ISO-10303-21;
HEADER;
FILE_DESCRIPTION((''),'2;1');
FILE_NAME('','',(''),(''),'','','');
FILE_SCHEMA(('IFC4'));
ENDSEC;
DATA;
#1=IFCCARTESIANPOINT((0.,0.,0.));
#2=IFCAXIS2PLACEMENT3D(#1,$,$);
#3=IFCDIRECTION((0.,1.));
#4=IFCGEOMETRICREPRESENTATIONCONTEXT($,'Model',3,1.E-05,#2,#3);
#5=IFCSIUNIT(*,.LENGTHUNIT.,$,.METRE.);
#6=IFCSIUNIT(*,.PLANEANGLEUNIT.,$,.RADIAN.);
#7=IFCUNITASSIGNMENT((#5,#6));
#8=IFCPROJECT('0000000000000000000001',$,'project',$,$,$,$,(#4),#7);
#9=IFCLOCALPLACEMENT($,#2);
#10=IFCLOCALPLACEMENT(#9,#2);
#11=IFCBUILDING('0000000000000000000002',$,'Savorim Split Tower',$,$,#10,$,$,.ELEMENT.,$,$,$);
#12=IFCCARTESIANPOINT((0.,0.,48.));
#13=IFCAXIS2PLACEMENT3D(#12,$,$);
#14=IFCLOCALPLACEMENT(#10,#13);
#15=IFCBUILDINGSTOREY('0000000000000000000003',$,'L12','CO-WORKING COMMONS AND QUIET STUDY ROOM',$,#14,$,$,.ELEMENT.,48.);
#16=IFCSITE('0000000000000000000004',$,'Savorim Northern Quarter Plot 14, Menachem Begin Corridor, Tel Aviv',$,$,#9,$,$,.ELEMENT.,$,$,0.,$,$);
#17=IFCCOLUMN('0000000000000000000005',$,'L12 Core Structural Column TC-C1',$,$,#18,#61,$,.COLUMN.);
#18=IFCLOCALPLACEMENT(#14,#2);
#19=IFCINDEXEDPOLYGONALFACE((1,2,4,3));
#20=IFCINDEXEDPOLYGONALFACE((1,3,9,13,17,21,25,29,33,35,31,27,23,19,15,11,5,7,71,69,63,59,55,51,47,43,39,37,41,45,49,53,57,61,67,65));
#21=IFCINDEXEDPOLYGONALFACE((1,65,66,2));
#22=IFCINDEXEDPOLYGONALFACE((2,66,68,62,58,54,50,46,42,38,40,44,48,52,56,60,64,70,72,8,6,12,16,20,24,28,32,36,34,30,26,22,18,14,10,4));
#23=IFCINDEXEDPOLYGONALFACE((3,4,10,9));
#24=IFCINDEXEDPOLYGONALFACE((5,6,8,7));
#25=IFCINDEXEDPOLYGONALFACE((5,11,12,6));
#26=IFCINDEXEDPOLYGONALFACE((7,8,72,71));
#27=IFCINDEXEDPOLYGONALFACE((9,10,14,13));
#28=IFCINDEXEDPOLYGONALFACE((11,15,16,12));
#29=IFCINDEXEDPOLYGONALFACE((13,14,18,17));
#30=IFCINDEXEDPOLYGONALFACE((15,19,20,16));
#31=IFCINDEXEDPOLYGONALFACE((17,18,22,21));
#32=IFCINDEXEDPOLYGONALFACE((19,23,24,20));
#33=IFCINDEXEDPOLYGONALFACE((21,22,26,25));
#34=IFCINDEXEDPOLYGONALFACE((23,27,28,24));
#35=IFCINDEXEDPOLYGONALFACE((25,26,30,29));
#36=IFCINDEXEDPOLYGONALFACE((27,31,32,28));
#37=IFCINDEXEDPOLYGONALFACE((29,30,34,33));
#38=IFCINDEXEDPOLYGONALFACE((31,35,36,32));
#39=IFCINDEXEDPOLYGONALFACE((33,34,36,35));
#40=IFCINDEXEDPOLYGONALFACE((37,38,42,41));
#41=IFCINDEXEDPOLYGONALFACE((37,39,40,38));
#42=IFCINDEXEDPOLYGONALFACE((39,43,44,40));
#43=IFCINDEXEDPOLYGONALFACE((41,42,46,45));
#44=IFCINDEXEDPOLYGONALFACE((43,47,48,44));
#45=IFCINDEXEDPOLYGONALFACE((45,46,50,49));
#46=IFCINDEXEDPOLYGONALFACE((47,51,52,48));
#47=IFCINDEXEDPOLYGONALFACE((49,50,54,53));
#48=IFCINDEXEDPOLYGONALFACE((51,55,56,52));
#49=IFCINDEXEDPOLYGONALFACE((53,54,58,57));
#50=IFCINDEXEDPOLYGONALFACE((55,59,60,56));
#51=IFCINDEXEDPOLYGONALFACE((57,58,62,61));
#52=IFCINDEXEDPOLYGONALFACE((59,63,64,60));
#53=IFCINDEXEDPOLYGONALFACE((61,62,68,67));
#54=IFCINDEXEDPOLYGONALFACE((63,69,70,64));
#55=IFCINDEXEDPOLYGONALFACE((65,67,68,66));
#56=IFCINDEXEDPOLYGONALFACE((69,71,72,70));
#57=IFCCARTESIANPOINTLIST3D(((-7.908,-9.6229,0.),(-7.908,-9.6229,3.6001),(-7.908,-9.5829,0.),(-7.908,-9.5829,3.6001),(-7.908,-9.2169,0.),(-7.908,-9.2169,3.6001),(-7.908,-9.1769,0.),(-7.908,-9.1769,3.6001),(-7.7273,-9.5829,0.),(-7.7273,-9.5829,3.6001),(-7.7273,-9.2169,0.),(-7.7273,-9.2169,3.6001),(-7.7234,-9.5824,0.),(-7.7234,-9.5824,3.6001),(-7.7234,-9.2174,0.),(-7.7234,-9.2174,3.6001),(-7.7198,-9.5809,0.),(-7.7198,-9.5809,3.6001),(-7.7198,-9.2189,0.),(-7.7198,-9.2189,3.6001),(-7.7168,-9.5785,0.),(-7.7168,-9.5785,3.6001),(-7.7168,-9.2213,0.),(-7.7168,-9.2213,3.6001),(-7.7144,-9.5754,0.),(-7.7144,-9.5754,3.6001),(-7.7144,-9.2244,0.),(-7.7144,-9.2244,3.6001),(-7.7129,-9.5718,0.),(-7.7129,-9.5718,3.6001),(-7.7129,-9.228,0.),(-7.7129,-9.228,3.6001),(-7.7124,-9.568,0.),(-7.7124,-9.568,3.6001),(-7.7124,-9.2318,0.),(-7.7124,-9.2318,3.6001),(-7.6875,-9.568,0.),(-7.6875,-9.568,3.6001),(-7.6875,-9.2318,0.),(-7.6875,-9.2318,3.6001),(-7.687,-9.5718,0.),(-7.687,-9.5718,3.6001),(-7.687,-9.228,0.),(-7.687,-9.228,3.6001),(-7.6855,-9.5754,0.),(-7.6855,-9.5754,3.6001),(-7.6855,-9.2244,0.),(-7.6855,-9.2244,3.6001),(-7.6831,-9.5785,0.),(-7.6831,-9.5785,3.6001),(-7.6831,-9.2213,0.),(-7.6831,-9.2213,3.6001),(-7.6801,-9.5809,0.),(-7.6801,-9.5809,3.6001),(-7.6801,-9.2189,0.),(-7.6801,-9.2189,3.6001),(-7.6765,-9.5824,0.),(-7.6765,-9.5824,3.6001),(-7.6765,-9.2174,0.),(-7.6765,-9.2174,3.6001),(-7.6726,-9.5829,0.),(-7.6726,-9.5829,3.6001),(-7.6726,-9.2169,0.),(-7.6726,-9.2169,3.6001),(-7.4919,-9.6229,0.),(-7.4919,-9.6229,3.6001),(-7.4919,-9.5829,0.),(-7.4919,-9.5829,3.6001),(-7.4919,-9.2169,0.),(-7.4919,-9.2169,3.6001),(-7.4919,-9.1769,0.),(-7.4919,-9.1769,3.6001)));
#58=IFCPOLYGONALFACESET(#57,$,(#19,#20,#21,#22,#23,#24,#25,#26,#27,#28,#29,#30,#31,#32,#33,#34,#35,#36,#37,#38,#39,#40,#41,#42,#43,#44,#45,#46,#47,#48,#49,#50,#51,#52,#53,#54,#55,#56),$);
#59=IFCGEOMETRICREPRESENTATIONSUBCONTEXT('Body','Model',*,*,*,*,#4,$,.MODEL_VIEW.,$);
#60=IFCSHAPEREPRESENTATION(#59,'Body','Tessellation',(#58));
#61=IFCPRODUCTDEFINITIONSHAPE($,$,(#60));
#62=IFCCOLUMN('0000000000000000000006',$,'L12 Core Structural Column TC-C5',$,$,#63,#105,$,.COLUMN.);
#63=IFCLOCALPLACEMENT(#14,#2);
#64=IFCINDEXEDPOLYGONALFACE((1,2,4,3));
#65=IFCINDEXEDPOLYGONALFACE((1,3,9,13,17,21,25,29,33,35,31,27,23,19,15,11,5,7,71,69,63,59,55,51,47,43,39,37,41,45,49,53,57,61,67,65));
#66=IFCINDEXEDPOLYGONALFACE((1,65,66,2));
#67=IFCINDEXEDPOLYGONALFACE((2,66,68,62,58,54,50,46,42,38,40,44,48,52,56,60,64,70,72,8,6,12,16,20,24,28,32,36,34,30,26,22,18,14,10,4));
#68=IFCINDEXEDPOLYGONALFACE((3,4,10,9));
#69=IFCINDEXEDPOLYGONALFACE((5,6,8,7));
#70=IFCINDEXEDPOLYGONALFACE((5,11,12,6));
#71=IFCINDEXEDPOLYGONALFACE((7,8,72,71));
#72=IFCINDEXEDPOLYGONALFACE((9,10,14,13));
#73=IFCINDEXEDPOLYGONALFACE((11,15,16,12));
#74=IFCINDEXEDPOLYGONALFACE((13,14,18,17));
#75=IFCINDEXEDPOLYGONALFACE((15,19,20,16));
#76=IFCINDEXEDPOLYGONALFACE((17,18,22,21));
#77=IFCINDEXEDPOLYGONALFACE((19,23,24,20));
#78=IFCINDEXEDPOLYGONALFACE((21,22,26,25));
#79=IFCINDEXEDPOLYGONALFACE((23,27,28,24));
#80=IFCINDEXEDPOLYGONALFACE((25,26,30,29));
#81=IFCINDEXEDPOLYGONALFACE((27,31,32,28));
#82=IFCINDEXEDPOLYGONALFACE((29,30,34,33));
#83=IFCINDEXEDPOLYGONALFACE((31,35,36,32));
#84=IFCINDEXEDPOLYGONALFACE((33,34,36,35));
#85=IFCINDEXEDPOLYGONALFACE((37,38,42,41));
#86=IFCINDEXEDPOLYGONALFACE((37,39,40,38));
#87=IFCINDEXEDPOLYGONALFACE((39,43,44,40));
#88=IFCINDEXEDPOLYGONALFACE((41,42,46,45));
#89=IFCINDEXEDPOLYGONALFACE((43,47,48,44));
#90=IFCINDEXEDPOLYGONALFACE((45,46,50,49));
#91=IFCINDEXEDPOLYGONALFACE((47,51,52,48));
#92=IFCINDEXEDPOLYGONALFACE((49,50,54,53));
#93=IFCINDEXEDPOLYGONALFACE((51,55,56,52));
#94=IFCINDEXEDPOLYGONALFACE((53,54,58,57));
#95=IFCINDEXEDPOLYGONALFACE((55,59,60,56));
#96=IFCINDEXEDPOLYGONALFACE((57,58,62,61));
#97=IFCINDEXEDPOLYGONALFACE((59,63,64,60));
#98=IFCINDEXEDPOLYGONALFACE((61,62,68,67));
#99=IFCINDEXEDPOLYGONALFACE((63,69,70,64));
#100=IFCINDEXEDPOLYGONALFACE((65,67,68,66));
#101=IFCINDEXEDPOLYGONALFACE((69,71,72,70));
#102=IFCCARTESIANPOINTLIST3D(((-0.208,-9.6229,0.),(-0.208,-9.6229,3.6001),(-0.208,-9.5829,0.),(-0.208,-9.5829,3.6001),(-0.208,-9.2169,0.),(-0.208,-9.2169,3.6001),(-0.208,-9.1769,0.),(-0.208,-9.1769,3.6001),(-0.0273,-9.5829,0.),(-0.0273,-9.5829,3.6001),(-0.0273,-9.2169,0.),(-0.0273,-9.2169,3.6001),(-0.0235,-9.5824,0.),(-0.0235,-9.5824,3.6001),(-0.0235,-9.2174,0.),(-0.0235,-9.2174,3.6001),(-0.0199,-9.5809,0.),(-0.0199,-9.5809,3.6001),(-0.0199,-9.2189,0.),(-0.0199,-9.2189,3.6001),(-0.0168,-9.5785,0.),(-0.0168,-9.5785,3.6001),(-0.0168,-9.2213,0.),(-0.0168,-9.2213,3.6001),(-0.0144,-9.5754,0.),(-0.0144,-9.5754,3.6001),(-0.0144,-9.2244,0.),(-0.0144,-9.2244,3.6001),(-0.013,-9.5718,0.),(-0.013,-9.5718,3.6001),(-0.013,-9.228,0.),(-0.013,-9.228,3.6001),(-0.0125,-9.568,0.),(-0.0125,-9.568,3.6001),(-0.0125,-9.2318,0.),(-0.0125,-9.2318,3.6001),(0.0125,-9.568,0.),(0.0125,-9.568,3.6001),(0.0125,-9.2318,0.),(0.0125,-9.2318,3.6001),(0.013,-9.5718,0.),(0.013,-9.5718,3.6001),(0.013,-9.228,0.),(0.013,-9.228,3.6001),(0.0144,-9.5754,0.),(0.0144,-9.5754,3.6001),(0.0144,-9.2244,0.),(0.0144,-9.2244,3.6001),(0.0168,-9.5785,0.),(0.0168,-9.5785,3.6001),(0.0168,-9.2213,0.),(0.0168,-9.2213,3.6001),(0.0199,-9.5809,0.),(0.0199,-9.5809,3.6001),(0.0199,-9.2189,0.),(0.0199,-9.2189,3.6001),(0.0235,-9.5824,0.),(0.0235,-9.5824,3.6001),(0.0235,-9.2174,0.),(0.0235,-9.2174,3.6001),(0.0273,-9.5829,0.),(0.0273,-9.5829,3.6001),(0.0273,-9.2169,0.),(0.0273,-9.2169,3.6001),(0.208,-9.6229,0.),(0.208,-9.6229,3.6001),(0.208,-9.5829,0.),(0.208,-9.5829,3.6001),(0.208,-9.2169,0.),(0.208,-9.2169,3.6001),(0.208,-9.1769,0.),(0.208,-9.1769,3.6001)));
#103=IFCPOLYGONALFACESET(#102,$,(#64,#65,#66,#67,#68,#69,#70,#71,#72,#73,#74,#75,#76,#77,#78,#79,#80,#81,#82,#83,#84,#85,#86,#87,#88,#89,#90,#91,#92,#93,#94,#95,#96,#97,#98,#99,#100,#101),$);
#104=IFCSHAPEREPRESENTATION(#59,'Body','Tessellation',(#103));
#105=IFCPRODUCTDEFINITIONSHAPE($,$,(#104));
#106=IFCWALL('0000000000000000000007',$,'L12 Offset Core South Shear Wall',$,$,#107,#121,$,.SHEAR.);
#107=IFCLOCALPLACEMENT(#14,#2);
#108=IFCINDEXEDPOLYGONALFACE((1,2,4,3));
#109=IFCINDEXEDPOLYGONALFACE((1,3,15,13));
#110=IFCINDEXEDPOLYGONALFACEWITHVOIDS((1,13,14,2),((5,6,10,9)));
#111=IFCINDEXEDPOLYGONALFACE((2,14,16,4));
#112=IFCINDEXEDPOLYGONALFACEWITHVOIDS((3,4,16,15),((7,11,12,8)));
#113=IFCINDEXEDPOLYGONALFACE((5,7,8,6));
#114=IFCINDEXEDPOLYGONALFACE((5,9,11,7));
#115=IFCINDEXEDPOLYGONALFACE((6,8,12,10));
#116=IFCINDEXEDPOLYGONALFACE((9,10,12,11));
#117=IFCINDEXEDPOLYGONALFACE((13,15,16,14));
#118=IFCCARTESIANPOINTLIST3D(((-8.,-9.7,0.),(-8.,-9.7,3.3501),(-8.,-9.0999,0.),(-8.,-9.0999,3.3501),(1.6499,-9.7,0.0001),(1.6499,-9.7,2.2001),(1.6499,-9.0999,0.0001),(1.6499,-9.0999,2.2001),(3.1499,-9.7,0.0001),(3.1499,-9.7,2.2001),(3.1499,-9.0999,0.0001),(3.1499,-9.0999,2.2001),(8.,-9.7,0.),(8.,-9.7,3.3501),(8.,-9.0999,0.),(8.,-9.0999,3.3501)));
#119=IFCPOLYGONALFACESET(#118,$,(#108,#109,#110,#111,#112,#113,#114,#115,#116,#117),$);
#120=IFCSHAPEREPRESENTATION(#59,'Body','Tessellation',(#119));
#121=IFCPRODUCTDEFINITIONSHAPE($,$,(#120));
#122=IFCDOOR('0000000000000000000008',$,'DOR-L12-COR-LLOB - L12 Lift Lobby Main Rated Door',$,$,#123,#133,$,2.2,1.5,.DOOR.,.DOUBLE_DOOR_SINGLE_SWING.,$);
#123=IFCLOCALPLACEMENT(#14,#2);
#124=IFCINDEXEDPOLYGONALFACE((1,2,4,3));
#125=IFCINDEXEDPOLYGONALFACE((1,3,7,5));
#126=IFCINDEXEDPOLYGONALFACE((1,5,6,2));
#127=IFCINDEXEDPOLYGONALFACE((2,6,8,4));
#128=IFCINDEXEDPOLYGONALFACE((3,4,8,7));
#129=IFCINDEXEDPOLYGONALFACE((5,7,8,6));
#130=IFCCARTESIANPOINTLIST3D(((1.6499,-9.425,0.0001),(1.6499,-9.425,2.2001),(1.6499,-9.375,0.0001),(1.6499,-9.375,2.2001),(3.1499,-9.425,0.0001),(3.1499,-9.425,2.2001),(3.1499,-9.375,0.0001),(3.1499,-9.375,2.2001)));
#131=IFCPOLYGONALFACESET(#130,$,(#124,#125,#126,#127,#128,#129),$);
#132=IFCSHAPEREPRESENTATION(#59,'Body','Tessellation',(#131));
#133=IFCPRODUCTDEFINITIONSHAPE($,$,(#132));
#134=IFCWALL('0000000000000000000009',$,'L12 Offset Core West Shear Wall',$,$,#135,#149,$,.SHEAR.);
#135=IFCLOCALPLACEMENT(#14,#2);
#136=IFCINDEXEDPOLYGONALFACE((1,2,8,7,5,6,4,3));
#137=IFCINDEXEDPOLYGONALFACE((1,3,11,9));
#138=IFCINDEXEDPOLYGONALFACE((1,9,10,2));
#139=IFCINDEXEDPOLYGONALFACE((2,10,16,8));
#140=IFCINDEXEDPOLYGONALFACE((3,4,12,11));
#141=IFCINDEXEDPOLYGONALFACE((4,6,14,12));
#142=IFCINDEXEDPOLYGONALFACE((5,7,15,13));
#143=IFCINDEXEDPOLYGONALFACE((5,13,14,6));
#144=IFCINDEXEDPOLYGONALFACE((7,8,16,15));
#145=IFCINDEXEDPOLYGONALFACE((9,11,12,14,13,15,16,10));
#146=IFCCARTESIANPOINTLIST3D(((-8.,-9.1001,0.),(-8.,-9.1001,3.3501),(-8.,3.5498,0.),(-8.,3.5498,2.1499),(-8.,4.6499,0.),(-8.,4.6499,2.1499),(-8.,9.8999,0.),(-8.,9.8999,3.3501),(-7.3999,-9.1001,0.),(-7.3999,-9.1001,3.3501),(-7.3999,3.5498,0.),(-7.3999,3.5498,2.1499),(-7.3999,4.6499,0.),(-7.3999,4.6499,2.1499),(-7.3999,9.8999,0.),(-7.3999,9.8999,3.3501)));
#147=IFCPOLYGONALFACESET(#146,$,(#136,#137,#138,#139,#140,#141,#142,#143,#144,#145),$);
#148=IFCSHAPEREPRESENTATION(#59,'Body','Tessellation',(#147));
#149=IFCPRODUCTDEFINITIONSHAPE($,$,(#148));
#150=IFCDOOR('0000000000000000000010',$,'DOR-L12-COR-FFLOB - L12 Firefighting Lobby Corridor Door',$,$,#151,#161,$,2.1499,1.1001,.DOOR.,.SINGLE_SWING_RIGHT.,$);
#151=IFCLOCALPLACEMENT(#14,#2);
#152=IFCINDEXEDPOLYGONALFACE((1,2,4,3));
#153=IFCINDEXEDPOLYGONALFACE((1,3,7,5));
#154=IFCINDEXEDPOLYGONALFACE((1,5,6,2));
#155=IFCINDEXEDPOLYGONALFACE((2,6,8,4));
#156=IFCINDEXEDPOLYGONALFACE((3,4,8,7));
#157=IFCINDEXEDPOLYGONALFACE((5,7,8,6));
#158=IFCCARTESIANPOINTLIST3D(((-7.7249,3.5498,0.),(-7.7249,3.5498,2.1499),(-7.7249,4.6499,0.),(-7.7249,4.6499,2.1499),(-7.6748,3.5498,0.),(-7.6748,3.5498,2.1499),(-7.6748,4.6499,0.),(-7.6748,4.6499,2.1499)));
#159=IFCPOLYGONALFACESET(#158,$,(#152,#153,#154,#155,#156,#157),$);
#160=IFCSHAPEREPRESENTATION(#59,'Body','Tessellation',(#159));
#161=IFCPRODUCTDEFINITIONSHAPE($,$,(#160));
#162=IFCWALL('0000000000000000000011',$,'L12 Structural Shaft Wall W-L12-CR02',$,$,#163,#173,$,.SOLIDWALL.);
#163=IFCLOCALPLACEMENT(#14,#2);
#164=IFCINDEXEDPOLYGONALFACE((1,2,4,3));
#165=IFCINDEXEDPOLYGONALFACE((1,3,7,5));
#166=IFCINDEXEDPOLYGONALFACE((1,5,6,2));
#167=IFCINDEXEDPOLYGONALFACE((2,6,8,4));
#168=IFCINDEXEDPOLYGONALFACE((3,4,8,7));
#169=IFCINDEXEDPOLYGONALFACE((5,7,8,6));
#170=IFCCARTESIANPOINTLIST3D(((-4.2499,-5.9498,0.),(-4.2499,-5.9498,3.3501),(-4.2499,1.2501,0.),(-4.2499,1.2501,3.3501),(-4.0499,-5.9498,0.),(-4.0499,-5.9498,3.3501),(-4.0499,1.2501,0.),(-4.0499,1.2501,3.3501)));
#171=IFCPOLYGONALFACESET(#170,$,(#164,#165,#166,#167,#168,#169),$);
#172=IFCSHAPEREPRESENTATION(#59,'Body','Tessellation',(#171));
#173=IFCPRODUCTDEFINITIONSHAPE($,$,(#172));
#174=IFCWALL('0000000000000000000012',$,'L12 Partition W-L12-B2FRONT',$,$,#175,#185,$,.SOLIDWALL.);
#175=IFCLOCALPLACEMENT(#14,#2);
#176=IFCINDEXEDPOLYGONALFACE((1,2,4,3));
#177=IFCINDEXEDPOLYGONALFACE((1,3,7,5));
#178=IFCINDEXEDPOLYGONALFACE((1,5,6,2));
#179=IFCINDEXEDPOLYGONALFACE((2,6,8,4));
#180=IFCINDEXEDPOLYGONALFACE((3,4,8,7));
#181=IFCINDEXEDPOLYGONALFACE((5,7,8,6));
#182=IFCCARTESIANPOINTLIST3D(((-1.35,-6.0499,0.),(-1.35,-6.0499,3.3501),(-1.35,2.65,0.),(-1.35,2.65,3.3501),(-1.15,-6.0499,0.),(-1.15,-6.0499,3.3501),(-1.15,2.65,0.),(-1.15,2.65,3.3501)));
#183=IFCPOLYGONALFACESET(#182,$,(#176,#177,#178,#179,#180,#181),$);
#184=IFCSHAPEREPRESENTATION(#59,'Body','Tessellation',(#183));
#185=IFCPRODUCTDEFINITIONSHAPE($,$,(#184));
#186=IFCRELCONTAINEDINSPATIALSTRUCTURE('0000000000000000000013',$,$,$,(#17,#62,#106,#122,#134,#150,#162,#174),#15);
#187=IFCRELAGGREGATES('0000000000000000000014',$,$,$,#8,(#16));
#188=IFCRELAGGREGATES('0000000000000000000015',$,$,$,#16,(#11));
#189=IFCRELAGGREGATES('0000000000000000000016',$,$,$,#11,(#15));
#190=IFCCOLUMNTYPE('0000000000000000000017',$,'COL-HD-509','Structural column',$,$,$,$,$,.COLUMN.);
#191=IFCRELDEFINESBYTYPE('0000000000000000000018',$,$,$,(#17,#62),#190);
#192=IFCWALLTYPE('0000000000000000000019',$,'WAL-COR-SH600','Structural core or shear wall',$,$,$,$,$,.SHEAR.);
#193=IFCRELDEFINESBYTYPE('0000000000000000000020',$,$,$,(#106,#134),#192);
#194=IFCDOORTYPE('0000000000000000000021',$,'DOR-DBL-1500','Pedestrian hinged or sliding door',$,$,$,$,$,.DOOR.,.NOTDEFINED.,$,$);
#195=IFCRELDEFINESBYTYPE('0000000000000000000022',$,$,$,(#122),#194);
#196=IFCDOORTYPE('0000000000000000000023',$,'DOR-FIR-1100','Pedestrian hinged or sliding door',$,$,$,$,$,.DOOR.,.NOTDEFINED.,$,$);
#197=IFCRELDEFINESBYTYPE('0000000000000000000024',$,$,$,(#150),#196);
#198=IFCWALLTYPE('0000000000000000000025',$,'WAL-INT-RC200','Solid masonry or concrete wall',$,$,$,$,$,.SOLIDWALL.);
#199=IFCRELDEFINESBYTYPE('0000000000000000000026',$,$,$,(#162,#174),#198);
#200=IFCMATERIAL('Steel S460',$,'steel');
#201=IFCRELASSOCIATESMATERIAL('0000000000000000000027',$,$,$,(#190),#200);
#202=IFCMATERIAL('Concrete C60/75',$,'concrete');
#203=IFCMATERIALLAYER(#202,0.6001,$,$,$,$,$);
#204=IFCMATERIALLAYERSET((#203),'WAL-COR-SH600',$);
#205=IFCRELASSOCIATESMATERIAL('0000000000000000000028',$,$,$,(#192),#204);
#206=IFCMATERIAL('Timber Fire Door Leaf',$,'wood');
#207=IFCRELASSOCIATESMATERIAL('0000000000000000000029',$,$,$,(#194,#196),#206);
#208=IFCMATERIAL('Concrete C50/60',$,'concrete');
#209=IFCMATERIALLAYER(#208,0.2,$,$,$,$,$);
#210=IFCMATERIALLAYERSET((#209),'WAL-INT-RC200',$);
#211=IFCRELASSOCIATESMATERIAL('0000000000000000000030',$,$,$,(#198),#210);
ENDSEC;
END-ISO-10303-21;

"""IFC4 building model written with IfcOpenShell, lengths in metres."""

from ifc_helpers import new_model, si_unit, direction, frame, frame_2d, origin, origin_2d, place, context, subcontext, project, spatial, rectangle, i_section, extrude, material, layer, layer_set, material_profile, profile_set, type_object, element, fill, save


model = new_model("IFC4")

# Units and contexts
model_context = context("Model", 3, precision=1e-05, world=origin(), true_north=direction((0.0, 1.0)))
body_context = subcontext(model_context, "Body", "Model", "MODEL_VIEW")
ifc_project = project(units=[si_unit("LENGTHUNIT", "METRE"), si_unit("PLANEANGLEUNIT", "RADIAN")], contexts=[model_context])

# Site, building, storey
site_placement = place(None, origin())
site = spatial("IfcSite", under=ifc_project, at=site_placement, Name="Savorim Northern Quarter Plot 14, Menachem Begin Corridor, Tel Aviv", CompositionType="ELEMENT", RefElevation=0.0)
building_placement = place(site_placement, origin())
building = spatial("IfcBuilding", under=site, at=building_placement, Name="Savorim Split Tower", CompositionType="ELEMENT")
storey_placement = place(building_placement, frame((0.0, 0.0, 48.0)))
storey = spatial("IfcBuildingStorey", under=building, at=storey_placement, Name="L12", Description="CO-WORKING COMMONS AND QUIET STUDY ROOM", CompositionType="ELEMENT", Elevation=48.0)

# Columns
ifc_material_1 = material(Name="Steel S460", Category="steel")
ifc_material_profile = material_profile(ifc_material_1, i_section(OverallWidth=0.416, OverallDepth=0.446, WebThickness=0.0249, FlangeThickness=0.04, FilletRadius=0.0149, at=origin_2d()), Name="HD 400x509")
ifc_profile_set = profile_set([ifc_material_profile], Name="Steel S460")
column_type = type_object("IfcColumnType", Name="COL-HD-509", Description="Structural column", PredefinedType="COLUMN", material=ifc_profile_set)
for number, where, z_axis, x_axis, name in (
    (1, (-7.7, -9.3999, 0.0), (0.0, 0.0, 1.0), (1.0, 0.0, 0.0), "L12 Core Structural Column TC-C1"),
    (2, (0.0, -9.3999, 0.0), (0.0, 0.0, 1.0), (1.0, 0.0, 0.0), "L12 Core Structural Column TC-C5"),
):
    element("IfcColumn", number, at=place(storey_placement, frame(where, z_axis=z_axis, x_axis=x_axis)), inside=storey, type_object=column_type, Name=name, PredefinedType="COLUMN", context=body_context, shape_type="SweptSolid", body=[
        extrude(i_section(OverallWidth=0.416, OverallDepth=0.446, WebThickness=0.0249, FlangeThickness=0.04, FilletRadius=0.0149, at=origin_2d()), origin(), (0.0, 0.0, 1.0), 3.6001),
    ])

# Walls, openings, doors
ifc_material_2 = material(Name="Concrete C60/75", Category="concrete")
ifc_layer_1 = layer(ifc_material_2, 0.6001)
ifc_layer_set_1 = layer_set([ifc_layer_1], Name="WAL-COR-SH600")
wall_type_1 = type_object("IfcWallType", Name="WAL-COR-SH600", Description="Structural core or shear wall", PredefinedType="SHEAR", material=ifc_layer_set_1)
wall_1_placement = place(storey_placement, frame((-8.0, -9.3999, 0.0), z_axis=(0.0, 0.0, 1.0), x_axis=(1.0, 0.0, 0.0)))
wall_1 = element("IfcWall", 3, at=wall_1_placement, inside=storey, type_object=wall_type_1, Name="L12 Offset Core South Shear Wall", PredefinedType="SHEAR", context=body_context, shape_type="SweptSolid", body=[
    extrude(rectangle(XDim=16.0, YDim=0.6001, at=frame_2d((8.0, 0.0))), origin(), (0.0, 0.0, 1.0), 3.3501),
])
opening_1_placement = place(wall_1_placement, frame((9.6499, 0.0, 0.0)))
opening_1 = element("IfcOpeningElement", 4, at=opening_1_placement, cuts=wall_1, PredefinedType="OPENING", context=body_context, shape_type="SweptSolid", body=[
    extrude(rectangle(XDim=1.5, YDim=2.2, at=frame_2d((0.75, 1.1001))), frame((0.0, 0.3101, 0.0), z_axis=(0.0, -1.0, 0.0), x_axis=(1.0, 0.0, 0.0)), (0.0, 0.0, 1.0), 0.6201),
])
ifc_material_3 = material(Name="Timber Fire Door Leaf", Category="wood")
door_type_1 = type_object("IfcDoorType", Name="DOR-DBL-1500", Description="Pedestrian hinged or sliding door", OperationType="NOTDEFINED", PredefinedType="DOOR", material=ifc_material_3)
door_1_placement = place(opening_1_placement, origin())
door_1 = element("IfcDoor", 5, at=door_1_placement, inside=storey, type_object=door_type_1, Name="DOR-L12-COR-LLOB - L12 Lift Lobby Main Rated Door", OperationType="DOUBLE_DOOR_SINGLE_SWING", OverallHeight=2.2, OverallWidth=1.5, PredefinedType="DOOR", context=body_context, shape_type="SweptSolid", body=[
    extrude(rectangle(XDim=1.5, YDim=2.2, at=frame_2d((0.75, 1.1001))), frame((0.0, 0.0249, 0.0), z_axis=(0.0, -1.0, 0.0), x_axis=(1.0, 0.0, 0.0)), (0.0, 0.0, 1.0), 0.05),
])
fill(opening_1, door_1)
wall_2_placement = place(storey_placement, frame((-7.7, -9.1001, 0.0), z_axis=(0.0, 0.0, 1.0), x_axis=(0.0, 1.0, 0.0)))
wall_2 = element("IfcWall", 6, at=wall_2_placement, inside=storey, type_object=wall_type_1, Name="L12 Offset Core West Shear Wall", PredefinedType="SHEAR", context=body_context, shape_type="SweptSolid", body=[
    extrude(rectangle(XDim=19.0, YDim=0.6001, at=frame_2d((9.5, 0.0))), origin(), (0.0, 0.0, 1.0), 3.3501),
])
opening_2_placement = place(wall_2_placement, frame((12.6499, 0.0, 0.0)))
opening_2 = element("IfcOpeningElement", 7, at=opening_2_placement, cuts=wall_2, PredefinedType="OPENING", context=body_context, shape_type="SweptSolid", body=[
    extrude(rectangle(XDim=1.1001, YDim=2.1499, at=frame_2d((0.55, 1.075))), frame((0.0, 0.3101, 0.0), z_axis=(0.0, -1.0, 0.0), x_axis=(1.0, 0.0, 0.0)), (0.0, 0.0, 1.0), 0.6201),
])
door_type_2 = type_object("IfcDoorType", Name="DOR-FIR-1100", Description="Pedestrian hinged or sliding door", OperationType="NOTDEFINED", PredefinedType="DOOR", material=ifc_material_3)
door_2_placement = place(opening_2_placement, origin())
door_2 = element("IfcDoor", 8, at=door_2_placement, inside=storey, type_object=door_type_2, Name="DOR-L12-COR-FFLOB - L12 Firefighting Lobby Corridor Door", OperationType="SINGLE_SWING_RIGHT", OverallHeight=2.1499, OverallWidth=1.1001, PredefinedType="DOOR", context=body_context, shape_type="SweptSolid", body=[
    extrude(rectangle(XDim=1.1001, YDim=2.1499, at=frame_2d((0.55, 1.075))), frame((0.0, 0.0249, 0.0), z_axis=(0.0, -1.0, 0.0), x_axis=(1.0, 0.0, 0.0)), (0.0, 0.0, 1.0), 0.05),
])
fill(opening_2, door_2)

# Walls
ifc_material_4 = material(Name="Concrete C50/60", Category="concrete")
ifc_layer_2 = layer(ifc_material_4, 0.2)
ifc_layer_set_2 = layer_set([ifc_layer_2], Name="WAL-INT-RC200")
wall_type_2 = type_object("IfcWallType", Name="WAL-INT-RC200", Description="Solid masonry or concrete wall", PredefinedType="SOLIDWALL", material=ifc_layer_set_2)
wall_3_placement = place(storey_placement, frame((-4.1499, -5.95, 0.0), z_axis=(0.0, 0.0, 1.0), x_axis=(0.0, 1.0, 0.0)))
element("IfcWall", 9, at=wall_3_placement, inside=storey, type_object=wall_type_2, Name="L12 Structural Shaft Wall W-L12-CR02", PredefinedType="SOLIDWALL", context=body_context, shape_type="SweptSolid", body=[
    extrude(rectangle(XDim=7.2, YDim=0.2, at=frame_2d((3.6001, 0.0))), origin(), (0.0, 0.0, 1.0), 3.3501),
])
wall_4_placement = place(storey_placement, frame((-1.25, -6.05, 0.0), z_axis=(0.0, 0.0, 1.0), x_axis=(0.0, 1.0, 0.0)))
element("IfcWall", 10, at=wall_4_placement, inside=storey, type_object=wall_type_2, Name="L12 Partition W-L12-B2FRONT", PredefinedType="SOLIDWALL", context=body_context, shape_type="SweptSolid", body=[
    extrude(rectangle(XDim=8.7, YDim=0.2, at=frame_2d((4.3501, 0.0))), origin(), (0.0, 0.0, 1.0), 3.3501),
])

save(model, "model.ifc")
